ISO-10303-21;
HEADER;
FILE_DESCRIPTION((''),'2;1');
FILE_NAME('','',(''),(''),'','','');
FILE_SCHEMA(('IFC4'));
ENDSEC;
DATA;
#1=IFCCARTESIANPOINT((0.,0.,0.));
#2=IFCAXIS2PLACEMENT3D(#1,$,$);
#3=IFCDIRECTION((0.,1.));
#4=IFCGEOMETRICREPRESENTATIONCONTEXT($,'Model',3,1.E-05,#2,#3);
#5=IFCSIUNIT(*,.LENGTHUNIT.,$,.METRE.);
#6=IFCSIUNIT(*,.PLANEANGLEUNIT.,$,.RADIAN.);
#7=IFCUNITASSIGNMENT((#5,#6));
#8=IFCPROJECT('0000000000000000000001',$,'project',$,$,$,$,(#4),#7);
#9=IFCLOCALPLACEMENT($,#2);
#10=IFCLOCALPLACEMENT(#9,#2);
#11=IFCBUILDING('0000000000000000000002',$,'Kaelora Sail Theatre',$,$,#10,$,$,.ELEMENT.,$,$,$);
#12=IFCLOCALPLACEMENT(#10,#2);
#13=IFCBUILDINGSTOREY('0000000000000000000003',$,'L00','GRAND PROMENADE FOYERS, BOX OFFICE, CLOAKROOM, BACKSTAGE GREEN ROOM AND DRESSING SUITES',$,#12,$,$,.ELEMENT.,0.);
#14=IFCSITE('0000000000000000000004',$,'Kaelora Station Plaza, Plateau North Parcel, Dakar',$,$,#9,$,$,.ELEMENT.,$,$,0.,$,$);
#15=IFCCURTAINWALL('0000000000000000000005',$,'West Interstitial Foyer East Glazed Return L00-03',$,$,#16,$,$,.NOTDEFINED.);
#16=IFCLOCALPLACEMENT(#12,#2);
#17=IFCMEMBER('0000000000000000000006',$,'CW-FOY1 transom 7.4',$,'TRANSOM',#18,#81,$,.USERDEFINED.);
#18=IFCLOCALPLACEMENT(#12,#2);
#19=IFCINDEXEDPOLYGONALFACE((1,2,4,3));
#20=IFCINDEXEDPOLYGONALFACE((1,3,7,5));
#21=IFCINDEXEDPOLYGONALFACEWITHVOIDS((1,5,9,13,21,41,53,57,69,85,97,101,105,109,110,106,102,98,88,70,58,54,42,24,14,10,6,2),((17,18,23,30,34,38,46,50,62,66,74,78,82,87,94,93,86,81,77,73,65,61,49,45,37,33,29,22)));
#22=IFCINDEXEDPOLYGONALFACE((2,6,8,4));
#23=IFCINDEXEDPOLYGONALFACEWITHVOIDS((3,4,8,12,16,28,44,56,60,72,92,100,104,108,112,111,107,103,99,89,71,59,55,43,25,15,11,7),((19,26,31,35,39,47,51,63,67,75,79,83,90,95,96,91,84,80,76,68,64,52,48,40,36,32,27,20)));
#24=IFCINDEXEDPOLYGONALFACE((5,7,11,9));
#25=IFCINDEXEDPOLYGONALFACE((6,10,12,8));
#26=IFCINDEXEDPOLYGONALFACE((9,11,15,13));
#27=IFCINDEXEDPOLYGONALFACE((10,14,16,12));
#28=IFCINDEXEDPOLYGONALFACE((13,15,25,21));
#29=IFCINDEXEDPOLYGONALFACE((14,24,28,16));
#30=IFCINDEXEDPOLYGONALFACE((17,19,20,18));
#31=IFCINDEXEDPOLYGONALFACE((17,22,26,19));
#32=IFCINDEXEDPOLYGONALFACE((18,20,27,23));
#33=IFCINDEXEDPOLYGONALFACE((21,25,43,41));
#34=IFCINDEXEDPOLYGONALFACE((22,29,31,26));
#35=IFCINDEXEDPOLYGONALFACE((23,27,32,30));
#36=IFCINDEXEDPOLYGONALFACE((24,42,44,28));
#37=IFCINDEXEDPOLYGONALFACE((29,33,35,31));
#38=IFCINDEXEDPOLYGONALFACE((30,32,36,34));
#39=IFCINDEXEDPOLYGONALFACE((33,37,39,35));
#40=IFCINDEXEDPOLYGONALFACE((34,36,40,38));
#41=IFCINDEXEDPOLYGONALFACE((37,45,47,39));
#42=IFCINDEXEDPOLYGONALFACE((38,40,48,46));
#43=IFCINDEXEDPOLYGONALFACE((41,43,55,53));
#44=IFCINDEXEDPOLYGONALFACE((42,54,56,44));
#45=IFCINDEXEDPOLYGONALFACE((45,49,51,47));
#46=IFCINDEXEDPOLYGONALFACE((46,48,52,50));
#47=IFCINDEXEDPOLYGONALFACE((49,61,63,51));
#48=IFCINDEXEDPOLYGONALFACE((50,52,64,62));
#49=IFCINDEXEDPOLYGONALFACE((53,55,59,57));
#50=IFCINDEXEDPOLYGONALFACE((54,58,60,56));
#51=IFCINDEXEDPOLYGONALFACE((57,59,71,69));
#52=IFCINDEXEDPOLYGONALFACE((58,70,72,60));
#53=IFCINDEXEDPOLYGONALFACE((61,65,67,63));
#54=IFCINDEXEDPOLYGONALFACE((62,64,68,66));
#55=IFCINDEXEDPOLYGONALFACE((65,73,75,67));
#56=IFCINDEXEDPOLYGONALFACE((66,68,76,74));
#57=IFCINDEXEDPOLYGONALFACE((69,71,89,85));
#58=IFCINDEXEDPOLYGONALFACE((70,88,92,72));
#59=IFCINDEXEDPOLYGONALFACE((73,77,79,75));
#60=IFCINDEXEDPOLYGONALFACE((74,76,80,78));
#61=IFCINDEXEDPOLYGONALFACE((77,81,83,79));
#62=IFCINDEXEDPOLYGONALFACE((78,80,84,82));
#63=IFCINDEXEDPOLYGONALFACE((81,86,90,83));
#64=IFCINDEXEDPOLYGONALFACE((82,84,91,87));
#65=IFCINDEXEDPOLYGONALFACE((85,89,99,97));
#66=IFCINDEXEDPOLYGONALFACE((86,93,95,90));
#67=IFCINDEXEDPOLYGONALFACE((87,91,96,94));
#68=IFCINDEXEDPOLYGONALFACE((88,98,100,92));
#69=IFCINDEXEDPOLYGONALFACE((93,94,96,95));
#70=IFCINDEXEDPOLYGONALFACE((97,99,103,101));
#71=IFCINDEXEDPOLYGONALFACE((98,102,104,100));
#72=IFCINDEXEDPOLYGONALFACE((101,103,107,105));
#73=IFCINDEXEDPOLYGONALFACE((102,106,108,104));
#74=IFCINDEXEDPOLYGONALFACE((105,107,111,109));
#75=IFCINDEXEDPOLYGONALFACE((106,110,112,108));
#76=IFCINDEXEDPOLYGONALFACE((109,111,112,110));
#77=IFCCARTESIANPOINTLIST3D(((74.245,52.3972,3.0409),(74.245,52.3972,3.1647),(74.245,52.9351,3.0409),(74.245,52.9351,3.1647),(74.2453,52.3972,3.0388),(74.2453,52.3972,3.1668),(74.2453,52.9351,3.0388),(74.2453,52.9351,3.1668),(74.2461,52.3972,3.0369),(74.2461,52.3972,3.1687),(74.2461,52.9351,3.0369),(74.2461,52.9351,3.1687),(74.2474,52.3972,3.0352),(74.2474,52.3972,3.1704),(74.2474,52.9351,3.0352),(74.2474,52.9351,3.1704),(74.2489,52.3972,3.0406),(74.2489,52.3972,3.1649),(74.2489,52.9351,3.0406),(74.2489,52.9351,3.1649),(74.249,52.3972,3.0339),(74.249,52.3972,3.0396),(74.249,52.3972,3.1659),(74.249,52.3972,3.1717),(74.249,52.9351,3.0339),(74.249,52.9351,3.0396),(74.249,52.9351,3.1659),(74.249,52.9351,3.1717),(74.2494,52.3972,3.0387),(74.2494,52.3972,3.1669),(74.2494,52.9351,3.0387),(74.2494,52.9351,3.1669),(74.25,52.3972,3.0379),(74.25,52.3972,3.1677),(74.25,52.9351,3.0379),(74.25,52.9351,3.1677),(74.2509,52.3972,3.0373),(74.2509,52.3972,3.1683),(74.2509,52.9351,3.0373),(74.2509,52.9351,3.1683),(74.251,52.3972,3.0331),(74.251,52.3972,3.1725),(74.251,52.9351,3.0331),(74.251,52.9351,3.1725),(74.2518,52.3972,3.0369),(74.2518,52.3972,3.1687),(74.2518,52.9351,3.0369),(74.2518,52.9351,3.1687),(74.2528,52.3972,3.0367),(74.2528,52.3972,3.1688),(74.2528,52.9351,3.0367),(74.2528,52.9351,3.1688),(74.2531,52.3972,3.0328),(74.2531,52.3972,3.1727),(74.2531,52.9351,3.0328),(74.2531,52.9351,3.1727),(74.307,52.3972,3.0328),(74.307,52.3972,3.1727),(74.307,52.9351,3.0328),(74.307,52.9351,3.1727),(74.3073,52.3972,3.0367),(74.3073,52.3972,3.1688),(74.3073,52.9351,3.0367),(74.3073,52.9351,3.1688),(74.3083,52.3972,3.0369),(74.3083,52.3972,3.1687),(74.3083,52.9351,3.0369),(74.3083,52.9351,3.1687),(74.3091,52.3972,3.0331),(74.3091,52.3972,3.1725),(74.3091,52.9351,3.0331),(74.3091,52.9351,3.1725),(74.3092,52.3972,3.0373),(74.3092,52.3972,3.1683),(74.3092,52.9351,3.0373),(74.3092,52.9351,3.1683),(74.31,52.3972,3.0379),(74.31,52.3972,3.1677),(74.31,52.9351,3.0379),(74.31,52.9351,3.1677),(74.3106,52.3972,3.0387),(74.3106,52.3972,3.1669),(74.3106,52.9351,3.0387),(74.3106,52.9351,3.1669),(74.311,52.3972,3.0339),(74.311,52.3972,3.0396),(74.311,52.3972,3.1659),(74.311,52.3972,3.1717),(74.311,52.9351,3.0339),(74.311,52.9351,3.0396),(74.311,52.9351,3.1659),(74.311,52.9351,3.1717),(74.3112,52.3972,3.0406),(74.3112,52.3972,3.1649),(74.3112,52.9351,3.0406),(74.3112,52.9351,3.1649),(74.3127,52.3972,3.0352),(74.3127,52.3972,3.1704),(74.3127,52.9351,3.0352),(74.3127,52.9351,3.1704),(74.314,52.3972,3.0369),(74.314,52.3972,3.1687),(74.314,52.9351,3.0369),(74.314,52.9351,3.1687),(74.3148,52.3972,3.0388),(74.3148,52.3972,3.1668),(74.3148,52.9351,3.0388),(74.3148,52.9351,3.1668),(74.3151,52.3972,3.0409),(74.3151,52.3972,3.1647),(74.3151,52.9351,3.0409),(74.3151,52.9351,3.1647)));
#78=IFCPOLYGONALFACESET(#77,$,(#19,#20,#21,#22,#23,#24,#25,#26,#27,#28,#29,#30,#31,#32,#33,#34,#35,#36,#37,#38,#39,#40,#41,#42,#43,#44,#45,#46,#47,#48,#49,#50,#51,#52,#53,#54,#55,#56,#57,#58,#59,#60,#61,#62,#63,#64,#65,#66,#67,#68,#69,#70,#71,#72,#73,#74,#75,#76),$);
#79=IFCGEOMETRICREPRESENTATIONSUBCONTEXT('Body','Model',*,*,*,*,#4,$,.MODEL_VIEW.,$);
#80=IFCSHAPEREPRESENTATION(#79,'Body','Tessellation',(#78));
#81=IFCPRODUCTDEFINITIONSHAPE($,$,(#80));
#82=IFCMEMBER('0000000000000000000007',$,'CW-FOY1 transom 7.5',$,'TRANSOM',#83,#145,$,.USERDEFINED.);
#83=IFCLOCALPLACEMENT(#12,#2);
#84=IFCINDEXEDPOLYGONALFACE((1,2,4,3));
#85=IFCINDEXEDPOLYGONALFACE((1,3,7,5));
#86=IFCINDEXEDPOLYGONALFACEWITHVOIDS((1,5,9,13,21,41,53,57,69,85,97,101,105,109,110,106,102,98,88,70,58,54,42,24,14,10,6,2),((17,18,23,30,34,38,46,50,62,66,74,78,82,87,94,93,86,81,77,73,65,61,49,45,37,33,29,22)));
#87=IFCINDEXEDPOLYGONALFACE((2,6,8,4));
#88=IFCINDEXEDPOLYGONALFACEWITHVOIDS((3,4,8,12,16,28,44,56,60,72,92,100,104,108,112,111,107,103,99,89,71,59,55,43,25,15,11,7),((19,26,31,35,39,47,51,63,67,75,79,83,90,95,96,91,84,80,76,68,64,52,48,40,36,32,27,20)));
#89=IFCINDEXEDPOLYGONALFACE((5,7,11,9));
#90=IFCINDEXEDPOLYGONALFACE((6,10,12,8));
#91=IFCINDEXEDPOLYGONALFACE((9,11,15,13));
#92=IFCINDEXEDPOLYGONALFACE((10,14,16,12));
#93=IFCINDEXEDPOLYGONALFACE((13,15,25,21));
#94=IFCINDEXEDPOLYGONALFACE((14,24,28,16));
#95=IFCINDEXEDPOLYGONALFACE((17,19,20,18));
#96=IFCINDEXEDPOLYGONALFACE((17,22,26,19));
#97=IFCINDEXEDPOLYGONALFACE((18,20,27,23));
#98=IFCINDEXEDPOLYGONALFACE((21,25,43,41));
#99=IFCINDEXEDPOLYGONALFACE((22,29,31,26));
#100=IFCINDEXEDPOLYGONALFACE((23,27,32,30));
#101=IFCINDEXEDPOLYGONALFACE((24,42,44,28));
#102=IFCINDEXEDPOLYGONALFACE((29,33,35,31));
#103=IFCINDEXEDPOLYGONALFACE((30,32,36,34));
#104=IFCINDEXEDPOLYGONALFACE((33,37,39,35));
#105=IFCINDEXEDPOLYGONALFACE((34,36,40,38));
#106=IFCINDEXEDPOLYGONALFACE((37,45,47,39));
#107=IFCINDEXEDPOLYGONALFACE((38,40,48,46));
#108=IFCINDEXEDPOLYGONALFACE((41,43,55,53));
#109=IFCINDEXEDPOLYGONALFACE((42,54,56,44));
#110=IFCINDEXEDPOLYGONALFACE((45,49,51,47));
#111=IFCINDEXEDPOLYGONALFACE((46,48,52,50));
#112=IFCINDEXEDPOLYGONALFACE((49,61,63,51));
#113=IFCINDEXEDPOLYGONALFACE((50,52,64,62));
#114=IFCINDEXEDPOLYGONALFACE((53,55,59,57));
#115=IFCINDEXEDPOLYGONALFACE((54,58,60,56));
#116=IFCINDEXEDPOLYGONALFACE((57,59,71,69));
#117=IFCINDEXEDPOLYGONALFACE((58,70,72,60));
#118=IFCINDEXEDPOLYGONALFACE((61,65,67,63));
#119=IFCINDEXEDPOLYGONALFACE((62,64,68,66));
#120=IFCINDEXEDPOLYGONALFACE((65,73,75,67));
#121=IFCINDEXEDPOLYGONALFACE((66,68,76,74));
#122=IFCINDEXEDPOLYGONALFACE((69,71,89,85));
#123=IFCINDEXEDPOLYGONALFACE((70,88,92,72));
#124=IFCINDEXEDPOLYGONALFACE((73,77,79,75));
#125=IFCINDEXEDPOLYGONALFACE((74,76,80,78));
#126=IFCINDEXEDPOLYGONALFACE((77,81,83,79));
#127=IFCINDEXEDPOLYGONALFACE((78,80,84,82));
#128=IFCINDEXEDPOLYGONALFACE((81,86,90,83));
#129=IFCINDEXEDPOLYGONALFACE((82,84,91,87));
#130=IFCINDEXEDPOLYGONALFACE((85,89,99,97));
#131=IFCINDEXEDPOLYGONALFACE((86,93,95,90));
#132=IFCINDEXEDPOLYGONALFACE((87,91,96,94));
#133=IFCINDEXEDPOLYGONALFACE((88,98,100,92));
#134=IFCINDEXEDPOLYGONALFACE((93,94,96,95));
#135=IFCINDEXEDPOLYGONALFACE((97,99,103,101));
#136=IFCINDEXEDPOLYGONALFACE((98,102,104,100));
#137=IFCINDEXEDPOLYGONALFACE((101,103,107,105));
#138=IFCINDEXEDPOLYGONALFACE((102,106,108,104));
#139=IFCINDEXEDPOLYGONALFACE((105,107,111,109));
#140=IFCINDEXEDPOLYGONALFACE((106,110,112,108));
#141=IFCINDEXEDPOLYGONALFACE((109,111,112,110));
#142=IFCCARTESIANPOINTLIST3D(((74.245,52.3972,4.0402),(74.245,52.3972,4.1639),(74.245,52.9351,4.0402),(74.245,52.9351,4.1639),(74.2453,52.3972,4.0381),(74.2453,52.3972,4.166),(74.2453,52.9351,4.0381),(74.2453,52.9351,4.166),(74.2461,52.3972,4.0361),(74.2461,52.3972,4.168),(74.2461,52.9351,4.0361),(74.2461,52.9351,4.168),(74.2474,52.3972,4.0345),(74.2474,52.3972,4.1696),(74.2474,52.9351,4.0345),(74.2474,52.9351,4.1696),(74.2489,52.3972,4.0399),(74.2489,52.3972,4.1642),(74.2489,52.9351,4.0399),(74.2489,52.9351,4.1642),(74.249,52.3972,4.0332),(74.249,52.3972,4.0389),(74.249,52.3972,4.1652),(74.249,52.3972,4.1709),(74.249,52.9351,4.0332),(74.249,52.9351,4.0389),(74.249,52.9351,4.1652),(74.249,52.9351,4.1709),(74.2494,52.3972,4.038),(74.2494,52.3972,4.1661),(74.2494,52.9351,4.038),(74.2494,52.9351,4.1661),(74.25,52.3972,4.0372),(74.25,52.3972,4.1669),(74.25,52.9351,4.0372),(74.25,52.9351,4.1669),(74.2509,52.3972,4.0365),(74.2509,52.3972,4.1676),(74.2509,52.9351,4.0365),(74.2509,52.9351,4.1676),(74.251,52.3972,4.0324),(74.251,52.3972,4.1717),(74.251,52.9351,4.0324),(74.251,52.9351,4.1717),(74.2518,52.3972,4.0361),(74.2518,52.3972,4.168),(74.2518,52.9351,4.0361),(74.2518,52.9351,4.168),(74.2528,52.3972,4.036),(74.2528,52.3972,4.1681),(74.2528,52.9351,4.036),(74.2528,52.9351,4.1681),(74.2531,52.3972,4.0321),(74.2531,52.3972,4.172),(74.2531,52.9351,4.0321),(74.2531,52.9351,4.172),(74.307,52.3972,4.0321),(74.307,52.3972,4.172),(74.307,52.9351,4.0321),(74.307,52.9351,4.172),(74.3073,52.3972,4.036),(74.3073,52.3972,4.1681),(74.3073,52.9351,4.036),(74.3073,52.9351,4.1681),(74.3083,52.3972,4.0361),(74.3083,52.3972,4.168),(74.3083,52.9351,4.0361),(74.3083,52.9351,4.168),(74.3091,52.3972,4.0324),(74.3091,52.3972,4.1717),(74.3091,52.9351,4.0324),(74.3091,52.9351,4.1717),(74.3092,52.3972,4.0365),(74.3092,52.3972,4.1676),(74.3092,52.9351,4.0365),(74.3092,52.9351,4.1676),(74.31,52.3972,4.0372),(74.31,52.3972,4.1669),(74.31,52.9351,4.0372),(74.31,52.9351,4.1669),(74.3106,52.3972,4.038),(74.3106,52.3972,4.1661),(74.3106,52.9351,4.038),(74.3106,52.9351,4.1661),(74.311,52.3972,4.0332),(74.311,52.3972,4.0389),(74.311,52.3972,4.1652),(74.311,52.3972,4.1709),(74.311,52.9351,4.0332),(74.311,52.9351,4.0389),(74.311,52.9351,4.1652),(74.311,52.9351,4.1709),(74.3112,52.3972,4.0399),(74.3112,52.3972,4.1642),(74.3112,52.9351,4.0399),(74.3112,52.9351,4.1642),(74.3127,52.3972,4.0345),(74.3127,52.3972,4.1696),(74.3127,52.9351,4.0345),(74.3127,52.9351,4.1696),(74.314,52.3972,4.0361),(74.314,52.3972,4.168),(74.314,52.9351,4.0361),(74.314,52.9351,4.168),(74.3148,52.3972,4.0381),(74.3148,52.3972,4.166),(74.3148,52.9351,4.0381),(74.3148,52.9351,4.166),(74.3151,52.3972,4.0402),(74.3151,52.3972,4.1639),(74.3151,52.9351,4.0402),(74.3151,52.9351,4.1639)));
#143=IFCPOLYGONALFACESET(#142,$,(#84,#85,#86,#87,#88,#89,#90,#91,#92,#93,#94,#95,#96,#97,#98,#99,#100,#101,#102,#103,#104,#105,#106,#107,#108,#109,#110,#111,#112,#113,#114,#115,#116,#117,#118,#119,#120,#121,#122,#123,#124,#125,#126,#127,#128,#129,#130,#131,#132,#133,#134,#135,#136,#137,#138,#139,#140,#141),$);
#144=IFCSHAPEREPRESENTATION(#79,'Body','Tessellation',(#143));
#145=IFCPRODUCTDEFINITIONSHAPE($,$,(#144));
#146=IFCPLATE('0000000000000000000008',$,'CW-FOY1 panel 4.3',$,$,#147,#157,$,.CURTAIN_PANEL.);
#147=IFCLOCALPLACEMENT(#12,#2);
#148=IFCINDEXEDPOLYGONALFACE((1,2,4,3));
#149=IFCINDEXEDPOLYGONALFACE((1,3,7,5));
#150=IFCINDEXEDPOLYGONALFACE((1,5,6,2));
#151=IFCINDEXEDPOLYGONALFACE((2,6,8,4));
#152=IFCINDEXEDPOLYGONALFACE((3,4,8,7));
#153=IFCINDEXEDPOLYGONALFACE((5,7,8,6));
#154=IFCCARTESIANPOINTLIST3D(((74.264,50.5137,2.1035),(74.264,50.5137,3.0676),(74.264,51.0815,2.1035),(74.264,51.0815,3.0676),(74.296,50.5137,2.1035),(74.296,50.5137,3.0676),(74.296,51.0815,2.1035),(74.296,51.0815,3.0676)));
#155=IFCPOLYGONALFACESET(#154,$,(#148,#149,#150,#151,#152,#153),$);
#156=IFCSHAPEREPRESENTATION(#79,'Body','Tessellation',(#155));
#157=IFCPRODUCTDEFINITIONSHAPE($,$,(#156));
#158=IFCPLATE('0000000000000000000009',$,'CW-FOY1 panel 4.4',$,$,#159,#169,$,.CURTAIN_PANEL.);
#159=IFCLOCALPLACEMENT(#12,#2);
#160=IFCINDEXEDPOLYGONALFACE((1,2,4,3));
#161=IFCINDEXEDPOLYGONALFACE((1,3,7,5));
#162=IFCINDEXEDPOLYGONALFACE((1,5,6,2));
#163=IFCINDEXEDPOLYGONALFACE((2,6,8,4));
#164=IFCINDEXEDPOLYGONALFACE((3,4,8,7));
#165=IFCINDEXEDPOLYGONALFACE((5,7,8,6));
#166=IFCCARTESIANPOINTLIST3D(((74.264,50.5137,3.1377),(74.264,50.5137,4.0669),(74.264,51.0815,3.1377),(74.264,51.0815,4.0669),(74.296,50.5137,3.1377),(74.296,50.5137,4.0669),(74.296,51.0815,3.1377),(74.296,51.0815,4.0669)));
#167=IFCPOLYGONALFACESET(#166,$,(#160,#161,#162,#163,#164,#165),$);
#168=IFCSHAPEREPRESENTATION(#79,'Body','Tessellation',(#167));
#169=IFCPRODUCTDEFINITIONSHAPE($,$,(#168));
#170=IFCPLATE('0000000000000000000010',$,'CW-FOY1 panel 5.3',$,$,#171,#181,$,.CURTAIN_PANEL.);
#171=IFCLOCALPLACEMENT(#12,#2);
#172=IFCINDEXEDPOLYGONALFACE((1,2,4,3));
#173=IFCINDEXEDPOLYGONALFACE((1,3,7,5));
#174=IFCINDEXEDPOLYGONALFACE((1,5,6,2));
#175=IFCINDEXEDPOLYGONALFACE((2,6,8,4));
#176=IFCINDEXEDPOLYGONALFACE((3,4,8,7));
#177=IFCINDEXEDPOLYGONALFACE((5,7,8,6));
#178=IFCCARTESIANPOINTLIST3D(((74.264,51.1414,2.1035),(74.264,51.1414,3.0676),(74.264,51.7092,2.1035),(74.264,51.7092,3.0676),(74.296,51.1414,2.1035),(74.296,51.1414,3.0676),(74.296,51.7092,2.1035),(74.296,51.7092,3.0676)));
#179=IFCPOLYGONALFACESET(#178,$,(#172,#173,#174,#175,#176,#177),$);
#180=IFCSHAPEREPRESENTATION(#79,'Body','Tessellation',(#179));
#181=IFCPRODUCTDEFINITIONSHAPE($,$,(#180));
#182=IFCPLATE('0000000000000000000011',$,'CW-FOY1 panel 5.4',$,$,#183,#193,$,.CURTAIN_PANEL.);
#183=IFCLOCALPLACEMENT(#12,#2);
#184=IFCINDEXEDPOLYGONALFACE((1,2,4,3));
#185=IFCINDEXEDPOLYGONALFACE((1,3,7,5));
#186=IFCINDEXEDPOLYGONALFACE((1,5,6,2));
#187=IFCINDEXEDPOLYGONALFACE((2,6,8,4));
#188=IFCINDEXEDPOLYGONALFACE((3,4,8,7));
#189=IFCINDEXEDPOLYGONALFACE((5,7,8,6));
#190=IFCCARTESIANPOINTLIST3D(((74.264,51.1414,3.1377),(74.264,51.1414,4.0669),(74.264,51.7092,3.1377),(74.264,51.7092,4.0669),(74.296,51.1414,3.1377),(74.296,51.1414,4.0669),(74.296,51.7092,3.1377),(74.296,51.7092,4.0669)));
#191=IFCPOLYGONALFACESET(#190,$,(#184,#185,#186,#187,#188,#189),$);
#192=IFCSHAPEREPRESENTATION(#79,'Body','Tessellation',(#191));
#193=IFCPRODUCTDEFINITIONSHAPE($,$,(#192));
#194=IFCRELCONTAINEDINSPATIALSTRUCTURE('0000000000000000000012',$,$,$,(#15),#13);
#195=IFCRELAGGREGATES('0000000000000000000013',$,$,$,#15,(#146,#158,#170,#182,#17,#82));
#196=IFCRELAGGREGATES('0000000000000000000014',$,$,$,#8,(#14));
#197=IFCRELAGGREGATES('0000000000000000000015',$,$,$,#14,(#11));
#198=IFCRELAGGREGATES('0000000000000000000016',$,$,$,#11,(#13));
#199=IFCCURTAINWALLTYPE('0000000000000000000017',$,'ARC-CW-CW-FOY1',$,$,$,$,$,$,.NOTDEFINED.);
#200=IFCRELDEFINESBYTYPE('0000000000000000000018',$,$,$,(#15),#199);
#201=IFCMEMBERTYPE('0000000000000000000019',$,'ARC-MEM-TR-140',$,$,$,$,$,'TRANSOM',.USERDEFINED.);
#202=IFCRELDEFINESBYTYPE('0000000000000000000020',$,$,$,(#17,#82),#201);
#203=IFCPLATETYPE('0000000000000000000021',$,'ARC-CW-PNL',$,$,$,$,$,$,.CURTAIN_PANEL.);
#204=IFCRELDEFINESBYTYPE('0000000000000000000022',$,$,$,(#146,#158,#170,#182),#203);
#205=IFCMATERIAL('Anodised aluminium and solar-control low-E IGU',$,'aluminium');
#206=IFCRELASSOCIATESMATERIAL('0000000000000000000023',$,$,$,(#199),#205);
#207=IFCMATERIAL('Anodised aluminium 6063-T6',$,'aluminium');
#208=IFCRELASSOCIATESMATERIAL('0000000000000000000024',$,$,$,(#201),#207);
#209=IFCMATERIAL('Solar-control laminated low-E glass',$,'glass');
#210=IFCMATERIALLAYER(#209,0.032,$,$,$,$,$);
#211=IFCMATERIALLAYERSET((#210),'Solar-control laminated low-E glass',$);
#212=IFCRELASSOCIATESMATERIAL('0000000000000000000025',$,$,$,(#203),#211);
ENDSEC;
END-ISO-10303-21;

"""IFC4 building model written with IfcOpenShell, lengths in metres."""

from ifc_helpers import new_model, si_unit, direction, frame, origin, origin_2d, place, context, subcontext, project, spatial, rectangle, hollow_rectangle, extrude, material, layer, layer_set, material_profile, profile_set, type_object, element, aggregate, save


model = new_model("IFC4")

# Units and contexts
model_context = context("Model", 3, precision=1e-05, world=origin(), true_north=direction((0.0, 1.0)))
body_context = subcontext(model_context, "Body", "Model", "MODEL_VIEW")
ifc_project = project(units=[si_unit("LENGTHUNIT", "METRE"), si_unit("PLANEANGLEUNIT", "RADIAN")], contexts=[model_context])

# Site, building, storey
site_placement = place(None, origin())
site = spatial("IfcSite", under=ifc_project, at=site_placement, Name="Kaelora Station Plaza, Plateau North Parcel, Dakar", CompositionType="ELEMENT", RefElevation=0.0)
building_placement = place(site_placement, origin())
building = spatial("IfcBuilding", under=site, at=building_placement, Name="Kaelora Sail Theatre", CompositionType="ELEMENT")
storey_placement = place(building_placement, origin())
storey = spatial("IfcBuildingStorey", under=building, at=storey_placement, Name="L00", Description="GRAND PROMENADE FOYERS, BOX OFFICE, CLOAKROOM, BACKSTAGE GREEN ROOM AND DRESSING SUITES", CompositionType="ELEMENT", Elevation=0.0)

# Curtain wall, members, plates
ifc_material_1 = material(Name="Anodised aluminium and solar-control low-E IGU", Category="aluminium")
curtain_wall_type = type_object("IfcCurtainWallType", Name="ARC-CW-CW-FOY1", PredefinedType="NOTDEFINED", material=ifc_material_1)
curtain_wall_placement = place(storey_placement, origin())
curtain_wall = element("IfcCurtainWall", 1, at=curtain_wall_placement, inside=storey, type_object=curtain_wall_type, Name="West Interstitial Foyer East Glazed Return L00-03", PredefinedType="NOTDEFINED")
ifc_material_2 = material(Name="Anodised aluminium 6063-T6", Category="aluminium")
ifc_material_profile_1 = material_profile(ifc_material_2, hollow_rectangle(XDim=0.0701, YDim=0.1399, WallThickness=0.0039, InnerFilletRadius=0.0039, OuterFilletRadius=0.0081, at=origin_2d()), Name="ALU-TRAN 70x140x4")
ifc_profile_set_1 = profile_set([ifc_material_profile_1], Name="Anodised aluminium 6063-T6")
member_type_1 = type_object("IfcMemberType", Name="ARC-MEM-TR-140", ElementType="TRANSOM", PredefinedType="USERDEFINED", material=ifc_profile_set_1)
member_1_placement = place(storey_placement, frame((74.28, 52.3972, 3.1028), z_axis=(0.0, 1.0, 0.0), x_axis=(-1.0, 0.0, 0.0)))
member_1 = element("IfcMember", 2, at=member_1_placement, type_object=member_type_1, Name="CW-FOY1 transom 7.4", ObjectType="TRANSOM", PredefinedType="USERDEFINED", context=body_context, shape_type="SweptSolid", body=[
    extrude(hollow_rectangle(XDim=0.0701, YDim=0.1399, WallThickness=0.0039, InnerFilletRadius=0.0039, OuterFilletRadius=0.0081, at=origin_2d()), origin(), (0.0, 0.0, 1.0), 0.5378),
])
member_2_placement = place(storey_placement, frame((74.28, 52.3972, 4.1021), z_axis=(0.0, 1.0, 0.0), x_axis=(-1.0, 0.0, 0.0)))
member_2 = element("IfcMember", 3, at=member_2_placement, type_object=member_type_1, Name="CW-FOY1 transom 7.5", ObjectType="TRANSOM", PredefinedType="USERDEFINED", context=body_context, shape_type="SweptSolid", body=[
    extrude(hollow_rectangle(XDim=0.0701, YDim=0.1399, WallThickness=0.0039, InnerFilletRadius=0.0039, OuterFilletRadius=0.0081, at=origin_2d()), origin(), (0.0, 0.0, 1.0), 0.5378),
])
ifc_material_3 = material(Name="Solar-control laminated low-E glass", Category="glass")
ifc_layer = layer(ifc_material_3, 0.032)
ifc_layer_set = layer_set([ifc_layer], Name="Solar-control laminated low-E glass")
plate_type = type_object("IfcPlateType", Name="ARC-CW-PNL", PredefinedType="CURTAIN_PANEL", material=ifc_layer_set)
plate_1_placement = place(storey_placement, frame((74.28, 50.7976, 2.1035), z_axis=(0.0, 0.0, 1.0), x_axis=(0.0, 1.0, 0.0)))
plate_1 = element("IfcPlate", 4, at=plate_1_placement, type_object=plate_type, Name="CW-FOY1 panel 4.3", PredefinedType="CURTAIN_PANEL", context=body_context, shape_type="SweptSolid", body=[
    extrude(rectangle(XDim=0.5679, YDim=0.032, at=origin_2d()), origin(), (0.0, 0.0, 1.0), 0.9641),
])
plate_2_placement = place(storey_placement, frame((74.28, 50.7976, 3.1377), z_axis=(0.0, 0.0, 1.0), x_axis=(0.0, 1.0, 0.0)))
plate_2 = element("IfcPlate", 5, at=plate_2_placement, type_object=plate_type, Name="CW-FOY1 panel 4.4", PredefinedType="CURTAIN_PANEL", context=body_context, shape_type="SweptSolid", body=[
    extrude(rectangle(XDim=0.5679, YDim=0.032, at=origin_2d()), origin(), (0.0, 0.0, 1.0), 0.9292),
])
plate_3_placement = place(storey_placement, frame((74.28, 51.4253, 2.1035), z_axis=(0.0, 0.0, 1.0), x_axis=(0.0, 1.0, 0.0)))
plate_3 = element("IfcPlate", 6, at=plate_3_placement, type_object=plate_type, Name="CW-FOY1 panel 5.3", PredefinedType="CURTAIN_PANEL", context=body_context, shape_type="SweptSolid", body=[
    extrude(rectangle(XDim=0.5679, YDim=0.032, at=origin_2d()), origin(), (0.0, 0.0, 1.0), 0.9641),
])
plate_4_placement = place(storey_placement, frame((74.28, 51.4253, 3.1377), z_axis=(0.0, 0.0, 1.0), x_axis=(0.0, 1.0, 0.0)))
plate_4 = element("IfcPlate", 7, at=plate_4_placement, type_object=plate_type, Name="CW-FOY1 panel 5.4", PredefinedType="CURTAIN_PANEL", context=body_context, shape_type="SweptSolid", body=[
    extrude(rectangle(XDim=0.5679, YDim=0.032, at=origin_2d()), origin(), (0.0, 0.0, 1.0), 0.9292),
])
aggregate(curtain_wall, [plate_1, plate_2, plate_3, plate_4, member_1, member_2])

save(model, "model.ifc")
